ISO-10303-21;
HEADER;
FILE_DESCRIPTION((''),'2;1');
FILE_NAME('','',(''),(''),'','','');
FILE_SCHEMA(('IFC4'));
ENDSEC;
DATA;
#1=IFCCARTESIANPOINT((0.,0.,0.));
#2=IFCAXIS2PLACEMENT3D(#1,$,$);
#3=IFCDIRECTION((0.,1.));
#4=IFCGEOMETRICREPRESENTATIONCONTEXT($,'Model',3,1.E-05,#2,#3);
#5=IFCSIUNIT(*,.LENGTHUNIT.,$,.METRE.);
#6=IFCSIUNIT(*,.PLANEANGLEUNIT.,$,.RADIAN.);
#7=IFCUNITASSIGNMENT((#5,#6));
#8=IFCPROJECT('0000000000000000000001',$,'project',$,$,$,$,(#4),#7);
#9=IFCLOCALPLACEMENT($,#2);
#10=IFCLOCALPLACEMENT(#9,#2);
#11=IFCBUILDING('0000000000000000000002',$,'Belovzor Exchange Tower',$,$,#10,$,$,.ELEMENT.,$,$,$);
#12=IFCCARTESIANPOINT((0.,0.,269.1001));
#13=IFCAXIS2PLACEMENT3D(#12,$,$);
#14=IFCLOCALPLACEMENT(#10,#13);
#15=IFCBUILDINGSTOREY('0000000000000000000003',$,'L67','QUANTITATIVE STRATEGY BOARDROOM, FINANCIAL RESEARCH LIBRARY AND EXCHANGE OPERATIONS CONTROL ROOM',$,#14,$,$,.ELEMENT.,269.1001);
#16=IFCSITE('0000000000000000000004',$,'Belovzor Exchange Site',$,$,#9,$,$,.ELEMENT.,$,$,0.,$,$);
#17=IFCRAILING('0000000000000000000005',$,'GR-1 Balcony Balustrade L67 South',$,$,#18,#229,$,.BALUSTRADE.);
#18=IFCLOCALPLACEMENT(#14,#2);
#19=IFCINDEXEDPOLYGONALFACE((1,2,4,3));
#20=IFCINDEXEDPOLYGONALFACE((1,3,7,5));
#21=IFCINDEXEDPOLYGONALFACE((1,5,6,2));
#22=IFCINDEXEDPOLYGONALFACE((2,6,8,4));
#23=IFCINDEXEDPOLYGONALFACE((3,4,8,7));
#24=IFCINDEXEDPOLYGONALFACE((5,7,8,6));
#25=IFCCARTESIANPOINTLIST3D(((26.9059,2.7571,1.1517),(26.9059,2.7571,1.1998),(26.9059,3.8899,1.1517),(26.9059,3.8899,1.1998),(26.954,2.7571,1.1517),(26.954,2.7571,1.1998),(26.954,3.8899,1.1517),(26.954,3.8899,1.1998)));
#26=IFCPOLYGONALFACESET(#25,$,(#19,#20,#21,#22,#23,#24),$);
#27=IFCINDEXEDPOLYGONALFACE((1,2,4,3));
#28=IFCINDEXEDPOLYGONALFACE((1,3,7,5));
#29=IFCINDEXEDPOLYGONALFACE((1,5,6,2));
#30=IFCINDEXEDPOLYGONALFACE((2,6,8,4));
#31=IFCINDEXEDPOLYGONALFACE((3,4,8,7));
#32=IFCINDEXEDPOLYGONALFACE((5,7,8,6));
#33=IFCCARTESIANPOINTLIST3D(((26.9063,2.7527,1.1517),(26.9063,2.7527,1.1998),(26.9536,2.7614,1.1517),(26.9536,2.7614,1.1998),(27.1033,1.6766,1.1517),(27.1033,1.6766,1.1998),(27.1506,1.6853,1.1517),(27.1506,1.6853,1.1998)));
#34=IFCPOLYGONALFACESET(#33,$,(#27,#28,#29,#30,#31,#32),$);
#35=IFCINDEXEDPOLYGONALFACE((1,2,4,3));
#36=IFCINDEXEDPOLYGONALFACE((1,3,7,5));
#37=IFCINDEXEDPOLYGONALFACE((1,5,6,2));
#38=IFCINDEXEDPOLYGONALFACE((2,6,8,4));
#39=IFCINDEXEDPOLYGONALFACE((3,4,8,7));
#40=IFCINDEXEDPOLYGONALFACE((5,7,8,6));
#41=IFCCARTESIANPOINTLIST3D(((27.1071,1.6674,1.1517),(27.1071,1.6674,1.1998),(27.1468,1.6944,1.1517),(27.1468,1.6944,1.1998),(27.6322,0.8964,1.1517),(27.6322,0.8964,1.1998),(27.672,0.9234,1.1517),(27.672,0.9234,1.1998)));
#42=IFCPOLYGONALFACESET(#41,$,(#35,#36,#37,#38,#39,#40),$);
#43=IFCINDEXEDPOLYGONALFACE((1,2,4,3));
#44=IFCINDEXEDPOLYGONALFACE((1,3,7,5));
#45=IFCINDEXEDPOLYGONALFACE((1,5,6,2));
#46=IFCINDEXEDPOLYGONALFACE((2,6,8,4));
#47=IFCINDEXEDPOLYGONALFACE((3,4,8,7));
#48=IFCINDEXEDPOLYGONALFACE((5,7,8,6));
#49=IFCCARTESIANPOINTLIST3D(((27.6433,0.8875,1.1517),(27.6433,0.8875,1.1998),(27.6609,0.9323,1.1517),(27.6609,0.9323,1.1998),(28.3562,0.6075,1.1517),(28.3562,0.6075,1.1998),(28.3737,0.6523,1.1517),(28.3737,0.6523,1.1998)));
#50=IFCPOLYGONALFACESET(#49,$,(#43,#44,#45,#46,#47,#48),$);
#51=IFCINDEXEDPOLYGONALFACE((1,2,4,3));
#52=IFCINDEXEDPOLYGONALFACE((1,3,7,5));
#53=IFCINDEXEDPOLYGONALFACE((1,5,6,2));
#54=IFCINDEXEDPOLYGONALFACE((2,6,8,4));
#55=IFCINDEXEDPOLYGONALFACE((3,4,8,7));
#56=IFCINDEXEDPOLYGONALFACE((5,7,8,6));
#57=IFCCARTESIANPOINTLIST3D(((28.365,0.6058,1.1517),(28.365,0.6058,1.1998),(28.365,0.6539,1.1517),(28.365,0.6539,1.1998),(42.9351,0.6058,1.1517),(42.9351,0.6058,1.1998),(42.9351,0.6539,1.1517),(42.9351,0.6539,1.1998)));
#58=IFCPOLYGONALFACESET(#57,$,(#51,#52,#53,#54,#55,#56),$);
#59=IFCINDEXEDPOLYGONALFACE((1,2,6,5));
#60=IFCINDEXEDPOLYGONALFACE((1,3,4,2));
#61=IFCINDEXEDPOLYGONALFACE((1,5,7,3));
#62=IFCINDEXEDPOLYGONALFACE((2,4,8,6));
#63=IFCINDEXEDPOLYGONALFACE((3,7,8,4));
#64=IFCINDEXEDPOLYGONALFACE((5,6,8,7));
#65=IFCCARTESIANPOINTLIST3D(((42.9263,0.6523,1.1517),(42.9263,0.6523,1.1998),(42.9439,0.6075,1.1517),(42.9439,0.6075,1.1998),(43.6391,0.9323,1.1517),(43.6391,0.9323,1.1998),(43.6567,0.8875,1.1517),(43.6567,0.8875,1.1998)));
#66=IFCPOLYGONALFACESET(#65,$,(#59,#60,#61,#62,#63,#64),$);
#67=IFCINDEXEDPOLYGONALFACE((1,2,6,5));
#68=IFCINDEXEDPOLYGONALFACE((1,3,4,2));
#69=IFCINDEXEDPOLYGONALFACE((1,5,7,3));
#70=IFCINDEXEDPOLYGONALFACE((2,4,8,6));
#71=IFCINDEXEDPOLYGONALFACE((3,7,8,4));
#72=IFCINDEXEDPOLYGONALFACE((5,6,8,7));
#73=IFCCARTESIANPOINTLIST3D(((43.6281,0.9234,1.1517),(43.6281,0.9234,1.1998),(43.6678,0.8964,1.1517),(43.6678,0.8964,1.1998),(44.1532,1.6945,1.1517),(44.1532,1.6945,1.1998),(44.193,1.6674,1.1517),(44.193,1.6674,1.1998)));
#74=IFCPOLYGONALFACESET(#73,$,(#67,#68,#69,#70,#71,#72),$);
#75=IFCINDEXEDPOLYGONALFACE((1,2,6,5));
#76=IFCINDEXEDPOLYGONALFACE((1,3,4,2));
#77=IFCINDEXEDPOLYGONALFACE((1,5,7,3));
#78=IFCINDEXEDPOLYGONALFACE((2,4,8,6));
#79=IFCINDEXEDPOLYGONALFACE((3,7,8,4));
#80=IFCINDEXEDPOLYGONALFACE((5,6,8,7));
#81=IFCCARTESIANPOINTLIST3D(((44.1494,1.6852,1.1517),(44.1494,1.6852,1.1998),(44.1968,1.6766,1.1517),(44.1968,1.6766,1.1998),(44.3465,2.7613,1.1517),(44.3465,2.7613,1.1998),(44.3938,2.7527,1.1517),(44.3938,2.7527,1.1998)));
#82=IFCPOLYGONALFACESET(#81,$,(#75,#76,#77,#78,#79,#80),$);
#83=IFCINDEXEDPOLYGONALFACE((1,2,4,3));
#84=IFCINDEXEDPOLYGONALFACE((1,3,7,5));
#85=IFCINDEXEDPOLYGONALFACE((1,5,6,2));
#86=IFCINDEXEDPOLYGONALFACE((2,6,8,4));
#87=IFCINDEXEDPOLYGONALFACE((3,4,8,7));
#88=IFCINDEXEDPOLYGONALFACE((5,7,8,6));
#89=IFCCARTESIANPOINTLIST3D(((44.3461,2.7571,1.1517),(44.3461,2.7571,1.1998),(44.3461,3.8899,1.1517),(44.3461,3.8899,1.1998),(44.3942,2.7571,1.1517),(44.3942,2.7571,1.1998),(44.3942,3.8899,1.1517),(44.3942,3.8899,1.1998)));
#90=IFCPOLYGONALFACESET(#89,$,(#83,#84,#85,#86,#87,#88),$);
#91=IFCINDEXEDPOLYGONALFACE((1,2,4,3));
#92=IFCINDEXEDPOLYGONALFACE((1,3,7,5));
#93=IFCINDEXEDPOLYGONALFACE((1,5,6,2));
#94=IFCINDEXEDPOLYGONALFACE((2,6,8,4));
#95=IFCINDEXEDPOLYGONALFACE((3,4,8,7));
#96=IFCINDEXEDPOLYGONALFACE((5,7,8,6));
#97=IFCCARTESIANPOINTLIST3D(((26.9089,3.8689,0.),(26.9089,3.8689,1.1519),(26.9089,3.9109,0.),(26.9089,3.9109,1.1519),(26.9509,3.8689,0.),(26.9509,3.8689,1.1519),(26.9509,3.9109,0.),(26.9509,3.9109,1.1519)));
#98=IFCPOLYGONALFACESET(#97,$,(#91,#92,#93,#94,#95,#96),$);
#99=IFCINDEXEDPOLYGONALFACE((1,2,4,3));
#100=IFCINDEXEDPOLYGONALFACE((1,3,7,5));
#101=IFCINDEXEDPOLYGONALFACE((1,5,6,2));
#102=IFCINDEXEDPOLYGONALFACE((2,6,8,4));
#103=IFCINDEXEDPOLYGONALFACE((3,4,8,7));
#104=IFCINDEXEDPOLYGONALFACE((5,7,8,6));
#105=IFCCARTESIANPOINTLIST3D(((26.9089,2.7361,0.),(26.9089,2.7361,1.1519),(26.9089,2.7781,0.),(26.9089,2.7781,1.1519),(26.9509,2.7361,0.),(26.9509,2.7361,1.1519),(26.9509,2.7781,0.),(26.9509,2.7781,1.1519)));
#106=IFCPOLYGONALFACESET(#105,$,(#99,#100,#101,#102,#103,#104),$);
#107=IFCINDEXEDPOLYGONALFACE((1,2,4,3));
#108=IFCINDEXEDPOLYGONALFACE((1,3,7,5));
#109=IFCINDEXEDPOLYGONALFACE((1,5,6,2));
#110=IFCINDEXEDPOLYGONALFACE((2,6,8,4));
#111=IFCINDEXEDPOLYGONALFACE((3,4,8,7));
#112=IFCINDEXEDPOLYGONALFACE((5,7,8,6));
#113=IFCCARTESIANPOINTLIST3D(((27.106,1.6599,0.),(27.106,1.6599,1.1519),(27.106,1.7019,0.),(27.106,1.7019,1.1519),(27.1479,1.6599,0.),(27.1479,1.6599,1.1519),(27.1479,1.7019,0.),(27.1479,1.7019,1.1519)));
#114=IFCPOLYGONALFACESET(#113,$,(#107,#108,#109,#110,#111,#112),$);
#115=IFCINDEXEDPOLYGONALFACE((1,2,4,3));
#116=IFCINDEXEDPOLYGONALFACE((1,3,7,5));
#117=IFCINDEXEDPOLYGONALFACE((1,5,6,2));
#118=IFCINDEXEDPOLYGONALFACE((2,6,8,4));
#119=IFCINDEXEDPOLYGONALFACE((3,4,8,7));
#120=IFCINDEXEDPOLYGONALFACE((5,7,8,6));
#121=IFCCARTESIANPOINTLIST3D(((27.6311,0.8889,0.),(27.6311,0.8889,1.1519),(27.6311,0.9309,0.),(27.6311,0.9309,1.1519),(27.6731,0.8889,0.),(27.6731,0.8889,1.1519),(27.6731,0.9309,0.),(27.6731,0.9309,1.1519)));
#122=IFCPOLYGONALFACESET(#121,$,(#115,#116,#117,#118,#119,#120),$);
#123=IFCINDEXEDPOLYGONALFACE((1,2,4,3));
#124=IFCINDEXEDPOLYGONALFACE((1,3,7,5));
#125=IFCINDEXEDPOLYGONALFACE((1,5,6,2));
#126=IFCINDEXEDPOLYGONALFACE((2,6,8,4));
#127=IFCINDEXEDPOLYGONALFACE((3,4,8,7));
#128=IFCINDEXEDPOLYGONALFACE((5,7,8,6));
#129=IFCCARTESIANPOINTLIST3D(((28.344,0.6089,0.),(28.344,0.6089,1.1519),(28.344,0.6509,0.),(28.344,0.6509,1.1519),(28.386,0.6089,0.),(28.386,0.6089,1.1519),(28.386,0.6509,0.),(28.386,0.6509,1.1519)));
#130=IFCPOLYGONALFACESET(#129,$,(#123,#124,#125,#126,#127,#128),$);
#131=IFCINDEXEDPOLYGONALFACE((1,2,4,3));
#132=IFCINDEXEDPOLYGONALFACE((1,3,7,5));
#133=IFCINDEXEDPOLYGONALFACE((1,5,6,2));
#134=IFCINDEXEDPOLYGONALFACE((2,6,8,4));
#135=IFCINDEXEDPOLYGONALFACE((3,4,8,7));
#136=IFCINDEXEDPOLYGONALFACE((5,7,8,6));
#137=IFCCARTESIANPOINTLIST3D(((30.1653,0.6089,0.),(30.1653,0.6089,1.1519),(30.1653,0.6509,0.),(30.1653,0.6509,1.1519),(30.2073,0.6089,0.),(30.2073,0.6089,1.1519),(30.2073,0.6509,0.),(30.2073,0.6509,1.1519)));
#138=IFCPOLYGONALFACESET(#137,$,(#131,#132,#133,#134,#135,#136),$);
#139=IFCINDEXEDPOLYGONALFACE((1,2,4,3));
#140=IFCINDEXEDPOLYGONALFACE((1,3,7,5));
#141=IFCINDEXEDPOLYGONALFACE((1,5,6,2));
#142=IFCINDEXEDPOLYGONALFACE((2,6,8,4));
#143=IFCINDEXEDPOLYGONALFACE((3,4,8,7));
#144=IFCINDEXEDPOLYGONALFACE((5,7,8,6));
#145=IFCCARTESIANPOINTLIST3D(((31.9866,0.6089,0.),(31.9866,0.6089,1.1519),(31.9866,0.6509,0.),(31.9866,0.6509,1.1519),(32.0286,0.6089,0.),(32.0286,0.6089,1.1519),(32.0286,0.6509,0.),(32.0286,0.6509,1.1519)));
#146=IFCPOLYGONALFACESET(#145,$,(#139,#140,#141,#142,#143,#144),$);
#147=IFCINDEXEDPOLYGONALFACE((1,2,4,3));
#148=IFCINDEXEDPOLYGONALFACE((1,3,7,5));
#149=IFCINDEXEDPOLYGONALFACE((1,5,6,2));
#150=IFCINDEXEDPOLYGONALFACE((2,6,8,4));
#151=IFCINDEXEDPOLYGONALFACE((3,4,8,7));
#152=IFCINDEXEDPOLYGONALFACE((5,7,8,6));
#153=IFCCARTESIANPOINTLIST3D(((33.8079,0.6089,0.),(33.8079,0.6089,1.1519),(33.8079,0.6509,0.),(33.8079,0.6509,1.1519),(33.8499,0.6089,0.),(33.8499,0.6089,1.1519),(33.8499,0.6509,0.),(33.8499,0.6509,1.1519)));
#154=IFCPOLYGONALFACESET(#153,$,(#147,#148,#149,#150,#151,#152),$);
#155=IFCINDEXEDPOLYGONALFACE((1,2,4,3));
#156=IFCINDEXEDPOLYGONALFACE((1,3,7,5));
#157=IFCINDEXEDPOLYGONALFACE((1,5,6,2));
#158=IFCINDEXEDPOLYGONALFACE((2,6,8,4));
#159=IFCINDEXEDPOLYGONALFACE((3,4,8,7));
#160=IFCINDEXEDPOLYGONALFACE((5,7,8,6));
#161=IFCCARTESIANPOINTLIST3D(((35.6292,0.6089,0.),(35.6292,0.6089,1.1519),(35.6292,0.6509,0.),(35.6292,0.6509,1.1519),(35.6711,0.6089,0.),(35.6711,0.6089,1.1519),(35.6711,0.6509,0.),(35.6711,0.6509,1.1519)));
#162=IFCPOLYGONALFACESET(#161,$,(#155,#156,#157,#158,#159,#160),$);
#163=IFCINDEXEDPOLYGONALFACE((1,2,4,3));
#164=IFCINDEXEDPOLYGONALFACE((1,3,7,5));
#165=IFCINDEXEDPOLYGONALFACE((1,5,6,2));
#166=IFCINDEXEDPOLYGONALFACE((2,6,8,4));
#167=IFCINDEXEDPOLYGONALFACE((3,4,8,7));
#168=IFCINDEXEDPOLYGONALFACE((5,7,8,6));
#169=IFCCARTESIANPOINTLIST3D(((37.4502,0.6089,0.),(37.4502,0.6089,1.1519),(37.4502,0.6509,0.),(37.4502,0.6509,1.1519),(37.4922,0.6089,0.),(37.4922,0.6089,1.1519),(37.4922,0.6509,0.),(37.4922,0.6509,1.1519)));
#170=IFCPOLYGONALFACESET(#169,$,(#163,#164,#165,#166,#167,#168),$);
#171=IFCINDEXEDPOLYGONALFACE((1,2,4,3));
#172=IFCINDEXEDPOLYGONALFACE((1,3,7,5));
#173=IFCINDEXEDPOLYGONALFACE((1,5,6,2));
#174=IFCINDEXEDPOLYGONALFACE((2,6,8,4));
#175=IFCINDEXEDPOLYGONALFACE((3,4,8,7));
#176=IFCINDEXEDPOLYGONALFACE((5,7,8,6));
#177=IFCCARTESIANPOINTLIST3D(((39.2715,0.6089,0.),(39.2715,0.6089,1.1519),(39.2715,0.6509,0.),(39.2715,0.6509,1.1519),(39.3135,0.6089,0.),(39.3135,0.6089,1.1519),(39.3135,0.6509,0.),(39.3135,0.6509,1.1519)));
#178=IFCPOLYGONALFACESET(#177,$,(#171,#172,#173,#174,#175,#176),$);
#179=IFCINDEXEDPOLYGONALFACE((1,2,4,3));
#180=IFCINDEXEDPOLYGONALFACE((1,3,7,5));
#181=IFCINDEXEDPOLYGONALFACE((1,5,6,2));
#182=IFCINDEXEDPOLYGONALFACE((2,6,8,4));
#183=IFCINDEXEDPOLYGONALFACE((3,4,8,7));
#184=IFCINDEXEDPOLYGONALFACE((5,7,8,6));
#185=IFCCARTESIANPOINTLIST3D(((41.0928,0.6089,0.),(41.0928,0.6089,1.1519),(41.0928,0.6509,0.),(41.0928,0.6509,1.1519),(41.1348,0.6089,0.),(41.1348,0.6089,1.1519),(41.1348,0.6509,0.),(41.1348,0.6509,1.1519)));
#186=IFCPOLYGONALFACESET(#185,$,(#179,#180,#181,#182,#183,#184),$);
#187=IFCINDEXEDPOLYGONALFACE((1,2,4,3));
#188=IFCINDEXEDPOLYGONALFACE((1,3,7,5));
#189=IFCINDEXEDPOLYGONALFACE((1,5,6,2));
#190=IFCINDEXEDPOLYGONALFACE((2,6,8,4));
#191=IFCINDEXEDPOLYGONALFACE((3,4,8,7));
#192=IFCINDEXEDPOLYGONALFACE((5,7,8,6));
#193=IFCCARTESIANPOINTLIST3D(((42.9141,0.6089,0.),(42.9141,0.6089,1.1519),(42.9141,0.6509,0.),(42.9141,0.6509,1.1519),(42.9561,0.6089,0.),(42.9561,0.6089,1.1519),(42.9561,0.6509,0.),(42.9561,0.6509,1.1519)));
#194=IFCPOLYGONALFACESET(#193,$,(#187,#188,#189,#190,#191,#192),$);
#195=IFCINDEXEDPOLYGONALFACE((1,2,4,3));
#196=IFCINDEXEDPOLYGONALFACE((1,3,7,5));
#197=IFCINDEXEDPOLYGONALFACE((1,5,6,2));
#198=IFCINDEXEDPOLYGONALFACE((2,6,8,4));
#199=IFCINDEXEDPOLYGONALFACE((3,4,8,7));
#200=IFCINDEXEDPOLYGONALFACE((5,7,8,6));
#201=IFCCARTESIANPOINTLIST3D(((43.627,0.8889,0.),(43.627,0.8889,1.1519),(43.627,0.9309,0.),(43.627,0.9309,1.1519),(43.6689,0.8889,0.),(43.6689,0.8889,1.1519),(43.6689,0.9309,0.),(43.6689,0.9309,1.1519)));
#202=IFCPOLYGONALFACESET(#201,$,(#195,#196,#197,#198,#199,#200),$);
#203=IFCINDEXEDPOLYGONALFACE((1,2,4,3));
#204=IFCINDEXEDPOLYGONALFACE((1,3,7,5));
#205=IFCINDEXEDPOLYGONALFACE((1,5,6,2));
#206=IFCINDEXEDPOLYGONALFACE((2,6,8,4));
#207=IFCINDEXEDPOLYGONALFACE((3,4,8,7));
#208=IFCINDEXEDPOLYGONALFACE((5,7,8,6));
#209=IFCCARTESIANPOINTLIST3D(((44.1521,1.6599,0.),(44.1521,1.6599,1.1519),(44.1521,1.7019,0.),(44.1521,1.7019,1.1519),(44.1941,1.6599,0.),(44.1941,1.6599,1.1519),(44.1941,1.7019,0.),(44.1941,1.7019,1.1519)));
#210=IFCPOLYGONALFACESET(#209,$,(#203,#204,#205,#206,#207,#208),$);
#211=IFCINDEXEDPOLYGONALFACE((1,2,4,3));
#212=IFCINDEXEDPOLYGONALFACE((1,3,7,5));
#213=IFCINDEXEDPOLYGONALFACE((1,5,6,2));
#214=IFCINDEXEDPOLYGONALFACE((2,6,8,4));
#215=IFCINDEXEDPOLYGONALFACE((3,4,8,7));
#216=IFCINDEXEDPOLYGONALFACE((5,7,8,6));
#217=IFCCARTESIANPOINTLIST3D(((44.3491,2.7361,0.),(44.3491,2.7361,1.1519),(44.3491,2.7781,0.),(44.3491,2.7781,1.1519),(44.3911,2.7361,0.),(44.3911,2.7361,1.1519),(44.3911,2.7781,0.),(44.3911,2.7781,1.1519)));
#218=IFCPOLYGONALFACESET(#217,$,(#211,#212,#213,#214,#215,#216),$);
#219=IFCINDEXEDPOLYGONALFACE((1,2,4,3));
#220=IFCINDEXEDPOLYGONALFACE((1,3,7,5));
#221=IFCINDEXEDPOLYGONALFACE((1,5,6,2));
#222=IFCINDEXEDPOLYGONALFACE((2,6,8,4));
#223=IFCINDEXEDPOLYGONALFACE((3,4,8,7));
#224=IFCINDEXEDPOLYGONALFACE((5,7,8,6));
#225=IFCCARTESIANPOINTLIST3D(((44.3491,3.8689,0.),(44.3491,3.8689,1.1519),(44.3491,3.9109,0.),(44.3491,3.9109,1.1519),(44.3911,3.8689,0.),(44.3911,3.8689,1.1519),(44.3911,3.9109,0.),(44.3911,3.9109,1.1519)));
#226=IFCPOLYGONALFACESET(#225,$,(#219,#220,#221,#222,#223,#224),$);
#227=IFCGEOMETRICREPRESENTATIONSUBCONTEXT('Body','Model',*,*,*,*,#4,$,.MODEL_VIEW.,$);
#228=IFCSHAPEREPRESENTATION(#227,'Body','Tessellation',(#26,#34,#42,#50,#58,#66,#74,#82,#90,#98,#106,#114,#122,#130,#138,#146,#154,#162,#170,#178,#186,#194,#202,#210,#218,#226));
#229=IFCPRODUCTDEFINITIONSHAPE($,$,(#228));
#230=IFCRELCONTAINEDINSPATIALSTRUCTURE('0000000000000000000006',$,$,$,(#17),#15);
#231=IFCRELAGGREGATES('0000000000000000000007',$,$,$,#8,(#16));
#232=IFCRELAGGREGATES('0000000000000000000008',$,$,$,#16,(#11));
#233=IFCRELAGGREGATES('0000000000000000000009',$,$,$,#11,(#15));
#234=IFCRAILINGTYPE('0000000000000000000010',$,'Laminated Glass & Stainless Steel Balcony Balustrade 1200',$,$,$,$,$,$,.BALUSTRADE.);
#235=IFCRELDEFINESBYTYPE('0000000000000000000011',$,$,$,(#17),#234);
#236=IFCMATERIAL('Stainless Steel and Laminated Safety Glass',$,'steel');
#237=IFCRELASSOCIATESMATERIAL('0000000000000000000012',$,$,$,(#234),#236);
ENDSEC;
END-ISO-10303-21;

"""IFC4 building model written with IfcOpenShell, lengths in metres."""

from ifc_helpers import new_model, si_unit, direction, frame, origin, origin_2d, place, context, subcontext, project, spatial, rectangle, extrude, material, type_object, element, save


model = new_model("IFC4")

# Units and contexts
model_context = context("Model", 3, precision=1e-05, world=origin(), true_north=direction((0.0, 1.0)))
body_context = subcontext(model_context, "Body", "Model", "MODEL_VIEW")
ifc_project = project(units=[si_unit("LENGTHUNIT", "METRE"), si_unit("PLANEANGLEUNIT", "RADIAN")], contexts=[model_context])

# Site, building, storey
site_placement = place(None, origin())
site = spatial("IfcSite", under=ifc_project, at=site_placement, Name="Belovzor Exchange Site", CompositionType="ELEMENT", RefElevation=0.0)
building_placement = place(site_placement, origin())
building = spatial("IfcBuilding", under=site, at=building_placement, Name="Belovzor Exchange Tower", CompositionType="ELEMENT")
storey_placement = place(building_placement, frame((0.0, 0.0, 269.1001)))
storey = spatial("IfcBuildingStorey", under=building, at=storey_placement, Name="L67", Description="QUANTITATIVE STRATEGY BOARDROOM, FINANCIAL RESEARCH LIBRARY AND EXCHANGE OPERATIONS CONTROL ROOM", CompositionType="ELEMENT", Elevation=269.1001)

# Railing
ifc_material_1 = material(Name="Stainless Steel and Laminated Safety Glass", Category="steel")
railing_type = type_object("IfcRailingType", Name="Laminated Glass & Stainless Steel Balcony Balustrade 1200", PredefinedType="BALUSTRADE", material=ifc_material_1)
railing_placement = place(storey_placement, frame((26.9299, 3.8899, 0.0)))
element("IfcRailing", 1, at=railing_placement, inside=storey, type_object=railing_type, Name="GR-1 Balcony Balustrade L67 South", PredefinedType="BALUSTRADE", context=body_context, shape_type="SweptSolid", body=[
    extrude(rectangle(XDim=0.0481, YDim=0.0481, at=origin_2d()), frame((0.0, 0.0, 1.1758), z_axis=(0.0, -1.0, 0.0), x_axis=(1.0, 0.0, 0.0)), (0.0, 0.0, 1.0), 1.1328),
    extrude(rectangle(XDim=0.0481, YDim=0.0481, at=origin_2d()), frame((0.0, -1.1328, 1.1758), z_axis=(0.180083, -0.983651, 0.0), x_axis=(0.983651, 0.180083, 0.0)), (0.0, 0.0, 1.0), 1.094),
    extrude(rectangle(XDim=0.0481, YDim=0.0481, at=origin_2d()), frame((0.197, -2.209, 1.1758), z_axis=(0.562947, -0.826493, 0.0), x_axis=(0.826493, 0.562947, 0.0)), (0.0, 0.0, 1.0), 0.9329),
    extrude(rectangle(XDim=0.0481, YDim=0.0481, at=origin_2d()), frame((0.7222, -2.98, 1.1758), z_axis=(0.930767, -0.365613, 0.0), x_axis=(0.365613, 0.930767, 0.0)), (0.0, 0.0, 1.0), 0.7659),
    extrude(rectangle(XDim=0.0481, YDim=0.0481, at=origin_2d()), frame((1.4351, -3.26, 1.1758), z_axis=(1.0, 0.0, 0.0), x_axis=(0.0, 1.0, 0.0)), (0.0, 0.0, 1.0), 14.5701),
    extrude(rectangle(XDim=0.0481, YDim=0.0481, at=origin_2d()), frame((16.0051, -3.26, 1.1758), z_axis=(0.930767, 0.365613, 0.0), x_axis=(-0.365613, 0.930767, 0.0)), (0.0, 0.0, 1.0), 0.7659),
    extrude(rectangle(XDim=0.0481, YDim=0.0481, at=origin_2d()), frame((16.718, -2.98, 1.1758), z_axis=(0.562947, 0.826493, 0.0), x_axis=(-0.826493, 0.562947, 0.0)), (0.0, 0.0, 1.0), 0.9329),
    extrude(rectangle(XDim=0.0481, YDim=0.0481, at=origin_2d()), frame((17.2432, -2.209, 1.1758), z_axis=(0.180083, 0.983651, 0.0), x_axis=(-0.983651, 0.180083, 0.0)), (0.0, 0.0, 1.0), 1.094),
    extrude(rectangle(XDim=0.0481, YDim=0.0481, at=origin_2d()), frame((17.4402, -1.1328, 1.1758), z_axis=(0.0, 1.0, 0.0), x_axis=(-1.0, 0.0, 0.0)), (0.0, 0.0, 1.0), 1.1328),
    extrude(rectangle(XDim=0.042, YDim=0.042, at=origin_2d()), origin(), (0.0, 0.0, 1.0), 1.1519),
    extrude(rectangle(XDim=0.042, YDim=0.042, at=origin_2d()), frame((0.0, -1.1328, 0.0)), (0.0, 0.0, 1.0), 1.1519),
    extrude(rectangle(XDim=0.042, YDim=0.042, at=origin_2d()), frame((0.197, -2.209, 0.0)), (0.0, 0.0, 1.0), 1.1519),
    extrude(rectangle(XDim=0.042, YDim=0.042, at=origin_2d()), frame((0.7222, -2.98, 0.0)), (0.0, 0.0, 1.0), 1.1519),
    extrude(rectangle(XDim=0.042, YDim=0.042, at=origin_2d()), frame((1.4351, -3.26, 0.0)), (0.0, 0.0, 1.0), 1.1519),
    extrude(rectangle(XDim=0.042, YDim=0.042, at=origin_2d()), frame((3.2563, -3.26, 0.0)), (0.0, 0.0, 1.0), 1.1519),
    extrude(rectangle(XDim=0.042, YDim=0.042, at=origin_2d()), frame((5.0776, -3.26, 0.0)), (0.0, 0.0, 1.0), 1.1519),
    extrude(rectangle(XDim=0.042, YDim=0.042, at=origin_2d()), frame((6.8989, -3.26, 0.0)), (0.0, 0.0, 1.0), 1.1519),
    extrude(rectangle(XDim=0.042, YDim=0.042, at=origin_2d()), frame((8.7202, -3.26, 0.0)), (0.0, 0.0, 1.0), 1.1519),
    extrude(rectangle(XDim=0.042, YDim=0.042, at=origin_2d()), frame((10.5413, -3.26, 0.0)), (0.0, 0.0, 1.0), 1.1519),
    extrude(rectangle(XDim=0.042, YDim=0.042, at=origin_2d()), frame((12.3625, -3.26, 0.0)), (0.0, 0.0, 1.0), 1.1519),
    extrude(rectangle(XDim=0.042, YDim=0.042, at=origin_2d()), frame((14.1838, -3.26, 0.0)), (0.0, 0.0, 1.0), 1.1519),
    extrude(rectangle(XDim=0.042, YDim=0.042, at=origin_2d()), frame((16.0051, -3.26, 0.0)), (0.0, 0.0, 1.0), 1.1519),
    extrude(rectangle(XDim=0.042, YDim=0.042, at=origin_2d()), frame((16.718, -2.98, 0.0)), (0.0, 0.0, 1.0), 1.1519),
    extrude(rectangle(XDim=0.042, YDim=0.042, at=origin_2d()), frame((17.2432, -2.209, 0.0)), (0.0, 0.0, 1.0), 1.1519),
    extrude(rectangle(XDim=0.042, YDim=0.042, at=origin_2d()), frame((17.4402, -1.1328, 0.0)), (0.0, 0.0, 1.0), 1.1519),
    extrude(rectangle(XDim=0.042, YDim=0.042, at=origin_2d()), frame((17.4402, 0.0, 0.0)), (0.0, 0.0, 1.0), 1.1519),
])

save(model, "model.ifc")
